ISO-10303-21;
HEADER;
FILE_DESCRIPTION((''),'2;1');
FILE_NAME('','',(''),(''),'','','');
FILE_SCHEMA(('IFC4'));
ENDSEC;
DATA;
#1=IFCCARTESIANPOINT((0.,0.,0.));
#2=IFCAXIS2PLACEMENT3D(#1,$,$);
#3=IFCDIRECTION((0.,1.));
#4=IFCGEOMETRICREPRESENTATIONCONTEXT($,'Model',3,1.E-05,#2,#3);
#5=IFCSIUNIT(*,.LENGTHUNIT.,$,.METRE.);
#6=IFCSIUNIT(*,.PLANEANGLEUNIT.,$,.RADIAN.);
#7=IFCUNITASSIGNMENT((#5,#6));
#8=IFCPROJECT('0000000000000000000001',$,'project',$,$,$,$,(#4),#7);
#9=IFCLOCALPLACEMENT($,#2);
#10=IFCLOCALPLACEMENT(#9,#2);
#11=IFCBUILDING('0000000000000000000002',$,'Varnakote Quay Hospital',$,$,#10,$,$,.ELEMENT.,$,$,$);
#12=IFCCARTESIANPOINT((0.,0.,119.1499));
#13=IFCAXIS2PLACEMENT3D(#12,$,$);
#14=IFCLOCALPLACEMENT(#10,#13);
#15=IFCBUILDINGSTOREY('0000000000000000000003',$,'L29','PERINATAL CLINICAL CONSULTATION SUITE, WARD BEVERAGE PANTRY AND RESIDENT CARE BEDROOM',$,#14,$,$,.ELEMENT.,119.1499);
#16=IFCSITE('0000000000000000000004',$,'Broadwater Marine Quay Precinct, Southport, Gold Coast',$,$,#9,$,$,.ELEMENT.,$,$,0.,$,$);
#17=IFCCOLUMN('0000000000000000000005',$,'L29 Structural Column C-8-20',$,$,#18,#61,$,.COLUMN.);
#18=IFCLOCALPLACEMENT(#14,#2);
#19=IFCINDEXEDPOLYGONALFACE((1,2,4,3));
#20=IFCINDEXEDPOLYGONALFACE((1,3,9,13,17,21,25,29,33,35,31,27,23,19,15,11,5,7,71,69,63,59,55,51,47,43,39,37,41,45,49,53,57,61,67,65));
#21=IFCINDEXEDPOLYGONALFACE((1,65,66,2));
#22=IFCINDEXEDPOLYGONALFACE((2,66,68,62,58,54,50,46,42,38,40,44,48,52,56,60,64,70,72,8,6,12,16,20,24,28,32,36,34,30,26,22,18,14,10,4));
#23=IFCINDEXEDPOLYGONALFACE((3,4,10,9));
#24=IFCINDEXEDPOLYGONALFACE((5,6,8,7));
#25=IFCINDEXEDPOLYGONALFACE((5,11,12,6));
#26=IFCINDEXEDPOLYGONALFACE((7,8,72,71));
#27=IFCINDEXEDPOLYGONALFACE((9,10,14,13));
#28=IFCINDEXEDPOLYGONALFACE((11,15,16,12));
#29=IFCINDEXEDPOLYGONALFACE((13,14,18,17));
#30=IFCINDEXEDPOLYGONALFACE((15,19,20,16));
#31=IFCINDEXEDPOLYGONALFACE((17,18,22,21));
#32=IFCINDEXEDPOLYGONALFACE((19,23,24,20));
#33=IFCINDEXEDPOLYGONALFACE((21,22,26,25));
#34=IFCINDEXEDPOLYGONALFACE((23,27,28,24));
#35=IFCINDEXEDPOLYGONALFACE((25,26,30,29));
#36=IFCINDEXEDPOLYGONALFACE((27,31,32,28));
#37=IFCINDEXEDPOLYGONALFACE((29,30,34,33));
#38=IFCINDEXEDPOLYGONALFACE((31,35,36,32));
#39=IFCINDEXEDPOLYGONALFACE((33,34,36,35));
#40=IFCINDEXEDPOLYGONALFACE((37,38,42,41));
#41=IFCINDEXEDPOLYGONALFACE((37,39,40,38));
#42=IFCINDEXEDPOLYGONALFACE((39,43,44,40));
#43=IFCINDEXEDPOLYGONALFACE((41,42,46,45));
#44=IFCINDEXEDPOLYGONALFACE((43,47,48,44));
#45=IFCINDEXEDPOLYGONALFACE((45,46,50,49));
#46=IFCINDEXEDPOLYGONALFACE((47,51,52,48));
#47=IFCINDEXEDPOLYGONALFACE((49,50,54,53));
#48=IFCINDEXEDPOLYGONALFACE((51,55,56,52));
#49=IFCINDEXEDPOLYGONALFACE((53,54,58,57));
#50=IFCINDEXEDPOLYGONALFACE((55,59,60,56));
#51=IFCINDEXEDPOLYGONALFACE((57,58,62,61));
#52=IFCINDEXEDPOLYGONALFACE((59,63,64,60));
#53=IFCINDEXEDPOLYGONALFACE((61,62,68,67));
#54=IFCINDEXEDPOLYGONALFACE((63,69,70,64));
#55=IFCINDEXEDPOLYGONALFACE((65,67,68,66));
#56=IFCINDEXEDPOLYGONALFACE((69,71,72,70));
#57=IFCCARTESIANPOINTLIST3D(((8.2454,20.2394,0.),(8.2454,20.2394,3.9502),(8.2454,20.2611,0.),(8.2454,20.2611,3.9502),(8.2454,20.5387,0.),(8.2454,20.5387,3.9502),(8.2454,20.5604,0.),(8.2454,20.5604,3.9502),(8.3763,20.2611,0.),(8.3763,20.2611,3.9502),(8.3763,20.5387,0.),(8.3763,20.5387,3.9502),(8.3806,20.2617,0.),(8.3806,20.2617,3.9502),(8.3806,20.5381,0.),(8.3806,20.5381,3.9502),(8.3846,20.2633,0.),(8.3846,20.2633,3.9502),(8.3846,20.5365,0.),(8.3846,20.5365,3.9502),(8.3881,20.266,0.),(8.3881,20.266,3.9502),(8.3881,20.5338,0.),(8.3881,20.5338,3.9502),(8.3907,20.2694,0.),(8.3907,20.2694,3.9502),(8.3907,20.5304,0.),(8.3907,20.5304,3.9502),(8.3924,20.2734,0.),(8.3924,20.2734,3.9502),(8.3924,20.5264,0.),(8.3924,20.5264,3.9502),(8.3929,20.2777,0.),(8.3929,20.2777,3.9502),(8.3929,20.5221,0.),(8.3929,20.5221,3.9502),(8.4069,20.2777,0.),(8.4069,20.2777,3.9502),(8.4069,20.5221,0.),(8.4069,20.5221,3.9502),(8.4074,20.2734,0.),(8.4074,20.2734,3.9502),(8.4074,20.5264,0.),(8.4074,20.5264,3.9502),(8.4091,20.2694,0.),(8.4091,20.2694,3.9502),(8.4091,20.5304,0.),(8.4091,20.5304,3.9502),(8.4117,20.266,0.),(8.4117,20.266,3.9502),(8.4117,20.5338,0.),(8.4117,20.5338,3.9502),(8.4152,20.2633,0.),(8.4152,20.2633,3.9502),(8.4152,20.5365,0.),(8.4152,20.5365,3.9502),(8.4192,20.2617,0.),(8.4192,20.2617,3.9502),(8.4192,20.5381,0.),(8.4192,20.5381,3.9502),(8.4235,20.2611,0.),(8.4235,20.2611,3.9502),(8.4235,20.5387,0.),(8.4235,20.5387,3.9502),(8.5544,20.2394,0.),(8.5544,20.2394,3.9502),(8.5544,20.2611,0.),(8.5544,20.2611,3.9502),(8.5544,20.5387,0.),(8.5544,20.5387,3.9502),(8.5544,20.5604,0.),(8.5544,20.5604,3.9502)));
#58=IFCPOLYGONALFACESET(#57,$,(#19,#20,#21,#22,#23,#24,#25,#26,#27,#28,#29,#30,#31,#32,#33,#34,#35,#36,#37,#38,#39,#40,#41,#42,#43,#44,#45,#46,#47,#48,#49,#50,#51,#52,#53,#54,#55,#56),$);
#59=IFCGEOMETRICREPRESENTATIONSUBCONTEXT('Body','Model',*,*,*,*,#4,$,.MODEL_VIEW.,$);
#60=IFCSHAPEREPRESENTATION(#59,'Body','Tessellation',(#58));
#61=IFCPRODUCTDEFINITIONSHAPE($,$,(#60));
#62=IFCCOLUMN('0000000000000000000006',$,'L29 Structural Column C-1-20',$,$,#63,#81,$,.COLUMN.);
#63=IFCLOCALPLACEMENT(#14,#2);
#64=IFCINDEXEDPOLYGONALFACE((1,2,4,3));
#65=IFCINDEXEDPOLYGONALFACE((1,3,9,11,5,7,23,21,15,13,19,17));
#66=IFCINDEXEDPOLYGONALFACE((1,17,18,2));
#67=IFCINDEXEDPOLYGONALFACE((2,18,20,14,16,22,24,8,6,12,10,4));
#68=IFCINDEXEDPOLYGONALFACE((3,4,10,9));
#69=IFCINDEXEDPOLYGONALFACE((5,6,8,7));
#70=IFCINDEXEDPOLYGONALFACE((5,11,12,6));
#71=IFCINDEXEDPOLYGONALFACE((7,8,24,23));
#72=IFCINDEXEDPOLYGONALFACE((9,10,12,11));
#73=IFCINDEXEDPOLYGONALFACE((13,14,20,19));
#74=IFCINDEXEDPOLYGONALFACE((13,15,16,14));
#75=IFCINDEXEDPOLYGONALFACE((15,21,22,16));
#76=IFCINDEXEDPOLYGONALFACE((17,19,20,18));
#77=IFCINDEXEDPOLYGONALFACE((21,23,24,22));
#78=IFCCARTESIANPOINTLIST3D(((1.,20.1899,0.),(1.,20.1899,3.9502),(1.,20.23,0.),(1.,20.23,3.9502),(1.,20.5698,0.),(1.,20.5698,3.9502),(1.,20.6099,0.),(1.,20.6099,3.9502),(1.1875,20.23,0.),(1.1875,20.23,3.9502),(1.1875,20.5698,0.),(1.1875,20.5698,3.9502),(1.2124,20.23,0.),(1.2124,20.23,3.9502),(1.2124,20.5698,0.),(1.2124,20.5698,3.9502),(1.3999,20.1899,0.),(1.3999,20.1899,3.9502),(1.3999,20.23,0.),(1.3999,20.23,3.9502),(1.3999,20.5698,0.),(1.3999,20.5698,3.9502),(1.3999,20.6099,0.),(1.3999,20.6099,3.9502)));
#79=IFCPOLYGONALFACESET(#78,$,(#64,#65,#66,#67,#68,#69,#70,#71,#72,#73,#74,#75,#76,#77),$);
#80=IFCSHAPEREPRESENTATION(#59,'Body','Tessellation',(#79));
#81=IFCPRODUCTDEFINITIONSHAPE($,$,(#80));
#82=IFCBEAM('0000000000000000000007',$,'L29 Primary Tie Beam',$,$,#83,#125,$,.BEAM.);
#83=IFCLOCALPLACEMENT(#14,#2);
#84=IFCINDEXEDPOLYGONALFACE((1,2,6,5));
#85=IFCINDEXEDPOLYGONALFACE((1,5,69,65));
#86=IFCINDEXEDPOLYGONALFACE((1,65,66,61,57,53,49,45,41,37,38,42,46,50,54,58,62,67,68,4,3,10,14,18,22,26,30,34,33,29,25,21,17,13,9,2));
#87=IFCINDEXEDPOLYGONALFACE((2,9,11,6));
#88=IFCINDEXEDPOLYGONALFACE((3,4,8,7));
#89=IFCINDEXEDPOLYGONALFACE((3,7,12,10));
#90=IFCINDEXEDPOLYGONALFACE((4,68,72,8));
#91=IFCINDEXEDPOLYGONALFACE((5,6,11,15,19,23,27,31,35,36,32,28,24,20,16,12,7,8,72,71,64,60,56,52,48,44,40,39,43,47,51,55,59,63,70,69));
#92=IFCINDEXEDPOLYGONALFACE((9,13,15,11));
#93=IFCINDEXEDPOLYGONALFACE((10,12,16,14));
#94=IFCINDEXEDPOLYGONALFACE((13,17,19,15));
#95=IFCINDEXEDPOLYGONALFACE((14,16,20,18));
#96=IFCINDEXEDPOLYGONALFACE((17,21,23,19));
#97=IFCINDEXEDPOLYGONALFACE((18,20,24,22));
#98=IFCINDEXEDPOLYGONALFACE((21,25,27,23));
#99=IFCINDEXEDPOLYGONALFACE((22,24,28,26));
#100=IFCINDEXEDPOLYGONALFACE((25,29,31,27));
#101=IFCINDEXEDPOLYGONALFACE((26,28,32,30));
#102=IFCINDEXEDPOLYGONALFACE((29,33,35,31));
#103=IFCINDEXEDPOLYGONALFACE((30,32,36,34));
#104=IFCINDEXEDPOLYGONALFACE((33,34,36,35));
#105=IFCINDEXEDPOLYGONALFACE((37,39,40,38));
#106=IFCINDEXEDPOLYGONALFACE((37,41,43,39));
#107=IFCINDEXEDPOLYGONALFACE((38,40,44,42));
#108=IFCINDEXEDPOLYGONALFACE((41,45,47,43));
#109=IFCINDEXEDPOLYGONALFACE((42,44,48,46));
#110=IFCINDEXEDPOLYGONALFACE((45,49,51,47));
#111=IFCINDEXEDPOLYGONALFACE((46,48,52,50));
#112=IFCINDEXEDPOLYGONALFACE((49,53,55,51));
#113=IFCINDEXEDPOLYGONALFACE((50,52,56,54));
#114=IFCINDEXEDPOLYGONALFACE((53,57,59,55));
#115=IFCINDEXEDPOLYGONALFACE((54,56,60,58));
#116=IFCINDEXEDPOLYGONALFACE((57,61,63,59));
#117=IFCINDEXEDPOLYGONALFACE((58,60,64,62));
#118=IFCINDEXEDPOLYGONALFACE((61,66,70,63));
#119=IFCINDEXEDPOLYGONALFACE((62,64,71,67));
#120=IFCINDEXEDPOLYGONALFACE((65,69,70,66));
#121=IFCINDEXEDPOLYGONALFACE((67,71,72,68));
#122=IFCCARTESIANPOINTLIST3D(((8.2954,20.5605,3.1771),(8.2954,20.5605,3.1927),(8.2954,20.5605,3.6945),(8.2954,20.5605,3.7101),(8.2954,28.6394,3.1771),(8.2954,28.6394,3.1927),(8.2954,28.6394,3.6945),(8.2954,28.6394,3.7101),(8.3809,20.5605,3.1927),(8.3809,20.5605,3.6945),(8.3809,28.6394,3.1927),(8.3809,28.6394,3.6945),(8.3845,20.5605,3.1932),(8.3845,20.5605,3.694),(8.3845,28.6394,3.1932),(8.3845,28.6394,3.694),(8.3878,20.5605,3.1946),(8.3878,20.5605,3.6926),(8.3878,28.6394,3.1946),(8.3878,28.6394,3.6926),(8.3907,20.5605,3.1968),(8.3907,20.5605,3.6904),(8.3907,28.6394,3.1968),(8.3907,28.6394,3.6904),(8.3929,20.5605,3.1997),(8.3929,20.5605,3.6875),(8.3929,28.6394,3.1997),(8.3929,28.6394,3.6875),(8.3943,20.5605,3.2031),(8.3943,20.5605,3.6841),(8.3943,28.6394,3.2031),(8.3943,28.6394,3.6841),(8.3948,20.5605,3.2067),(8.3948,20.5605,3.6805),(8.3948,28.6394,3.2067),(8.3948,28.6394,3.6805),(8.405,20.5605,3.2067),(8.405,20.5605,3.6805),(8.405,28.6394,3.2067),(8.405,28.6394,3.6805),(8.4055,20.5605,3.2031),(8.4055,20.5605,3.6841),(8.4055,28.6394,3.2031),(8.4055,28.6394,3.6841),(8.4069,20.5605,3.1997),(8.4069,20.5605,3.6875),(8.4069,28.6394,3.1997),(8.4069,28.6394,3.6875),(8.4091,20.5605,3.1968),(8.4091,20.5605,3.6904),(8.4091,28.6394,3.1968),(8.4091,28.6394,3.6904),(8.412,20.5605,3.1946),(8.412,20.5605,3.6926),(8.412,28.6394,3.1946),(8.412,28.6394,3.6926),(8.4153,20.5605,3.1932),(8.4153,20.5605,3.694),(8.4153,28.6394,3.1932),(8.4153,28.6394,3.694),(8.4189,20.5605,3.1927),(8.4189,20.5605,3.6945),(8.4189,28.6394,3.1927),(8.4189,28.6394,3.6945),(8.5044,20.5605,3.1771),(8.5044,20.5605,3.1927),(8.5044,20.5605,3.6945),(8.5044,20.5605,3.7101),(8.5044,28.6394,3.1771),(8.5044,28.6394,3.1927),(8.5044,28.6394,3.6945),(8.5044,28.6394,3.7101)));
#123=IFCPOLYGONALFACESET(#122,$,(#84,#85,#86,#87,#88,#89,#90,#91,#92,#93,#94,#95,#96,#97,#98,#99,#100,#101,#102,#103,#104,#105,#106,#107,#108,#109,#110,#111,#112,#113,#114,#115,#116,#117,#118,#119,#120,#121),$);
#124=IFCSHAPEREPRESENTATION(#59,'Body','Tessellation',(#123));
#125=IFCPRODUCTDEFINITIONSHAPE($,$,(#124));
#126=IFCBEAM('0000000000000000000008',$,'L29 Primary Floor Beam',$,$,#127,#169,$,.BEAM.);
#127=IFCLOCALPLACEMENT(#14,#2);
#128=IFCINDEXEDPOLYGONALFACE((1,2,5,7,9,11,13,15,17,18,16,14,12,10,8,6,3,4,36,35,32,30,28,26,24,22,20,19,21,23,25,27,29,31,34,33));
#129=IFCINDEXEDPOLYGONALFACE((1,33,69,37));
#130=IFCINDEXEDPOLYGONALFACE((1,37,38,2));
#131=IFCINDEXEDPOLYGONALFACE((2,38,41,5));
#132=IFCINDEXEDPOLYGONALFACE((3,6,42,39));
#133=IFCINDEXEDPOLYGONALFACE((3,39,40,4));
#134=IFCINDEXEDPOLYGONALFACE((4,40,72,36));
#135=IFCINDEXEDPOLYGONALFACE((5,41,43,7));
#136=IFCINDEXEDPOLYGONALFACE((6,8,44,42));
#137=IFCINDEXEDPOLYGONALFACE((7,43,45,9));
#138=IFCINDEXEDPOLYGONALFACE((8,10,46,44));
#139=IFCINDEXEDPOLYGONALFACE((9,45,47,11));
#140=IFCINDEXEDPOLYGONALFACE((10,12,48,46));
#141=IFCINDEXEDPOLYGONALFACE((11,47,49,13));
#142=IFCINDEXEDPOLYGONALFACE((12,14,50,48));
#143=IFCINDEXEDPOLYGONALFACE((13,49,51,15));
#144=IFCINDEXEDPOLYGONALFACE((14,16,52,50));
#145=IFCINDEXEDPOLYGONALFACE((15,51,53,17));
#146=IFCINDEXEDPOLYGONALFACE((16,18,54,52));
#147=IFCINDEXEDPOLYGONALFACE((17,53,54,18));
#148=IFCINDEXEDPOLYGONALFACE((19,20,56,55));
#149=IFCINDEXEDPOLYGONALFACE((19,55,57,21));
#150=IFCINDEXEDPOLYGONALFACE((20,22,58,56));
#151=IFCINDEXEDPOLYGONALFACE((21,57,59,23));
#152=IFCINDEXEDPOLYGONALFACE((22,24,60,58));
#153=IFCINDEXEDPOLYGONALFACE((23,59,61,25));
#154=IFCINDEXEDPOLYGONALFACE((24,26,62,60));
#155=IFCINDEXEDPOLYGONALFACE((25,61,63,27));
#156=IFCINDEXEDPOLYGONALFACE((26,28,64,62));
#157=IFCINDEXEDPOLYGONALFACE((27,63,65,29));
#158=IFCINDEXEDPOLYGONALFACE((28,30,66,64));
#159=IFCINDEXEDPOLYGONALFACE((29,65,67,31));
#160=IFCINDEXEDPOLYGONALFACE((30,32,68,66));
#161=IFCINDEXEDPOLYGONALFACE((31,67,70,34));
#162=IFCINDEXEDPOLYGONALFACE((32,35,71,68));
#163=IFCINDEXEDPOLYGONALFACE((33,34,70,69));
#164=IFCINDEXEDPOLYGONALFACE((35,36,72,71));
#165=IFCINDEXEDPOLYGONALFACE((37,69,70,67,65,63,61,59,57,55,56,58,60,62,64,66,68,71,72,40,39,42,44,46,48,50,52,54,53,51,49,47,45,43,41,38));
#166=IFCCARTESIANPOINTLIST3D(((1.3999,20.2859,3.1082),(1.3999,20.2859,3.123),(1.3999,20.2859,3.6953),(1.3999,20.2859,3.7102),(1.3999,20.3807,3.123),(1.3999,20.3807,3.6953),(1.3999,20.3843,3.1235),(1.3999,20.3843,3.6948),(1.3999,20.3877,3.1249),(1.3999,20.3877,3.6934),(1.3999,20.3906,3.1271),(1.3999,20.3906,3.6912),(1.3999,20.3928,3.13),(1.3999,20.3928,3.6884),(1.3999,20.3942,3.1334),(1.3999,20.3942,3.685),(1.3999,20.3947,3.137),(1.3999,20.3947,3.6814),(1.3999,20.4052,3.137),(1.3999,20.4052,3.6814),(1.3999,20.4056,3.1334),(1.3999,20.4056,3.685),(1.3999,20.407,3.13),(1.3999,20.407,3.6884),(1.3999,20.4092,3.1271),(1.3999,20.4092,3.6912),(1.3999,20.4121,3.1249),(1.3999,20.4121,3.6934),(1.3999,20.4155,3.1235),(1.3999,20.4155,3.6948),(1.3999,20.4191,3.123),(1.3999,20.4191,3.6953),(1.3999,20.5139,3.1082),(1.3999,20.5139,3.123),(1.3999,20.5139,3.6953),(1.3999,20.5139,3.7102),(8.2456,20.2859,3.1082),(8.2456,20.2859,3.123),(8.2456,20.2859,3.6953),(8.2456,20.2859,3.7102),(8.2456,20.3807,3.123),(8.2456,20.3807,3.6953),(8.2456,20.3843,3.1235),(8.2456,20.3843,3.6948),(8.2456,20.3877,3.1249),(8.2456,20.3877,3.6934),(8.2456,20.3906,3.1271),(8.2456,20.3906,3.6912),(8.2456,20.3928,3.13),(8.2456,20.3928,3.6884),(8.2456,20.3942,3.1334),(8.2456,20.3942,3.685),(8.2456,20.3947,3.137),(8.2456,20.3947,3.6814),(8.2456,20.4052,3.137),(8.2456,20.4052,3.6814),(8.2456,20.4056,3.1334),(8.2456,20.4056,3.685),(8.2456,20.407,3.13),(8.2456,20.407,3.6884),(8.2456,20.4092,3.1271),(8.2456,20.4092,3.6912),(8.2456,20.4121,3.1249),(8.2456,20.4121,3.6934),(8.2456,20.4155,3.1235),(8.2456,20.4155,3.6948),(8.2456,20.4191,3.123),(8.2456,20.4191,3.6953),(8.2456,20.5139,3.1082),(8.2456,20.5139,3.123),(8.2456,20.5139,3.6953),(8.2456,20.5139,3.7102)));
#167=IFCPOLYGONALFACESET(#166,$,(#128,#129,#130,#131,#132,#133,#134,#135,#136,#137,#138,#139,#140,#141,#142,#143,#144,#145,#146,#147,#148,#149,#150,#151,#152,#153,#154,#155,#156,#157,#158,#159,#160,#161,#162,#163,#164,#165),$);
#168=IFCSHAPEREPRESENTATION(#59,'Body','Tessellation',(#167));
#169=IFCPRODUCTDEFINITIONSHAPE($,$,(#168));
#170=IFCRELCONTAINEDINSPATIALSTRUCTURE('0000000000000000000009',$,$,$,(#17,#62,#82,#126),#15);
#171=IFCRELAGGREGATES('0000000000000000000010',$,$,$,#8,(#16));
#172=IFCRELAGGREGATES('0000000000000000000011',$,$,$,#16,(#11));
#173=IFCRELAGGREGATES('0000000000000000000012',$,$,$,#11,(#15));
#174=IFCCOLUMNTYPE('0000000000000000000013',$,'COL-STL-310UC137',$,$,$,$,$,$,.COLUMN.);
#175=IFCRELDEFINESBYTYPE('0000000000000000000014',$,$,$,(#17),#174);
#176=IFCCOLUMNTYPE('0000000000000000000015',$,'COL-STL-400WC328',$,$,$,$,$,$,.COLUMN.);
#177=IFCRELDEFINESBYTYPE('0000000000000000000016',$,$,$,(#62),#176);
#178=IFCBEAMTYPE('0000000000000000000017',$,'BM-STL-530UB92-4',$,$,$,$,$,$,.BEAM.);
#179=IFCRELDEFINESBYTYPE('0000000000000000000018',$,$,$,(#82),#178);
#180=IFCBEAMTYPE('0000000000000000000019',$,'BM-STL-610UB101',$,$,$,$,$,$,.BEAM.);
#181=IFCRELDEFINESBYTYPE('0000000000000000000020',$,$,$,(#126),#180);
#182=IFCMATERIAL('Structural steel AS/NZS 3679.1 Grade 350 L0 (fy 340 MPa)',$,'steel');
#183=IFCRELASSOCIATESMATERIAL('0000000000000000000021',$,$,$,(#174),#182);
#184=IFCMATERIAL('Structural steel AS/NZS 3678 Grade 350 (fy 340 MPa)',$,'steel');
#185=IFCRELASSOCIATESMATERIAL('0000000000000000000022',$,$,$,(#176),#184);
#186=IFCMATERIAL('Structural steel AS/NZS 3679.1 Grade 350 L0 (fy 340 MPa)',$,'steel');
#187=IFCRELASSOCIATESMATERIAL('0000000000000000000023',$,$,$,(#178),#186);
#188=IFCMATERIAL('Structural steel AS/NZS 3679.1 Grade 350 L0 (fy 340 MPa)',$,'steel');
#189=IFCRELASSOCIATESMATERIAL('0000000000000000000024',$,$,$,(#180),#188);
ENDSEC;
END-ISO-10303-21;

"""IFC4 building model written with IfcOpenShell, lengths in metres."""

from ifc_helpers import new_model, si_unit, direction, frame, origin, origin_2d, place, context, subcontext, project, spatial, i_section, extrude, material, material_profile, profile_set, type_object, element, save


model = new_model("IFC4")

# Units and contexts
model_context = context("Model", 3, precision=1e-05, world=origin(), true_north=direction((0.0, 1.0)))
body_context = subcontext(model_context, "Body", "Model", "MODEL_VIEW")
ifc_project = project(units=[si_unit("LENGTHUNIT", "METRE"), si_unit("PLANEANGLEUNIT", "RADIAN")], contexts=[model_context])

# Site, building, storey
site_placement = place(None, origin())
site = spatial("IfcSite", under=ifc_project, at=site_placement, Name="Broadwater Marine Quay Precinct, Southport, Gold Coast", CompositionType="ELEMENT", RefElevation=0.0)
building_placement = place(site_placement, origin())
building = spatial("IfcBuilding", under=site, at=building_placement, Name="Varnakote Quay Hospital", CompositionType="ELEMENT")
storey_placement = place(building_placement, frame((0.0, 0.0, 119.1499)))
storey = spatial("IfcBuildingStorey", under=building, at=storey_placement, Name="L29", Description="PERINATAL CLINICAL CONSULTATION SUITE, WARD BEVERAGE PANTRY AND RESIDENT CARE BEDROOM", CompositionType="ELEMENT", Elevation=119.1499)

# Columns
ifc_material_1 = material(Name="Structural steel AS/NZS 3679.1 Grade 350 L0 (fy 340 MPa)", Category="steel")
ifc_material_profile_1 = material_profile(ifc_material_1, i_section(OverallWidth=0.3091, OverallDepth=0.321, WebThickness=0.0139, FlangeThickness=0.0217, FilletRadius=0.0166, at=origin_2d()), Name="310UC137")
ifc_profile_set_1 = profile_set([ifc_material_profile_1], Name="Structural steel AS/NZS 3679.1 Grade 350 L0 (fy 340 MPa)")
column_type_1 = type_object("IfcColumnType", Name="COL-STL-310UC137", PredefinedType="COLUMN", material=ifc_profile_set_1)
column_1_placement = place(storey_placement, frame((8.3999, 20.3999, 0.0), z_axis=(0.0, 0.0, 1.0), x_axis=(1.0, 0.0, 0.0)))
element("IfcColumn", 1, at=column_1_placement, inside=storey, type_object=column_type_1, Name="L29 Structural Column C-8-20", PredefinedType="COLUMN", context=body_context, shape_type="SweptSolid", body=[
    extrude(i_section(OverallWidth=0.3091, OverallDepth=0.321, WebThickness=0.0139, FlangeThickness=0.0217, FilletRadius=0.0166, at=origin_2d()), origin(), (0.0, 0.0, 1.0), 3.9502),
])
ifc_material_2 = material(Name="Structural steel AS/NZS 3678 Grade 350 (fy 340 MPa)", Category="steel")
ifc_material_profile_2 = material_profile(ifc_material_2, i_section(OverallWidth=0.3999, OverallDepth=0.4199, WebThickness=0.0249, FlangeThickness=0.04, at=origin_2d()), Name="400WC328")
ifc_profile_set_2 = profile_set([ifc_material_profile_2], Name="Structural steel AS/NZS 3678 Grade 350 (fy 340 MPa)")
column_type_2 = type_object("IfcColumnType", Name="COL-STL-400WC328", PredefinedType="COLUMN", material=ifc_profile_set_2)
column_2_placement = place(storey_placement, frame((1.2, 20.3999, 0.0), z_axis=(0.0, 0.0, 1.0), x_axis=(1.0, 0.0, 0.0)))
element("IfcColumn", 2, at=column_2_placement, inside=storey, type_object=column_type_2, Name="L29 Structural Column C-1-20", PredefinedType="COLUMN", context=body_context, shape_type="SweptSolid", body=[
    extrude(i_section(OverallWidth=0.3999, OverallDepth=0.4199, WebThickness=0.0249, FlangeThickness=0.04, at=origin_2d()), origin(), (0.0, 0.0, 1.0), 3.9502),
])

# Beams
ifc_material_3 = material(Name="Structural steel AS/NZS 3679.1 Grade 350 L0 (fy 340 MPa)", Category="steel")
ifc_material_profile_3 = material_profile(ifc_material_3, i_section(OverallWidth=0.209, OverallDepth=0.533, WebThickness=0.0103, FlangeThickness=0.0156, FilletRadius=0.0139, at=origin_2d()), Name="530UB92.4")
ifc_profile_set_3 = profile_set([ifc_material_profile_3], Name="Structural steel AS/NZS 3679.1 Grade 350 L0 (fy 340 MPa)")
beam_type_1 = type_object("IfcBeamType", Name="BM-STL-530UB92-4", PredefinedType="BEAM", material=ifc_profile_set_3)
beam_1_placement = place(storey_placement, frame((8.3999, 20.5605, 3.4436), z_axis=(0.0, 1.0, 0.0), x_axis=(-1.0, 0.0, 0.0)))
element("IfcBeam", 3, at=beam_1_placement, inside=storey, type_object=beam_type_1, Name="L29 Primary Tie Beam", PredefinedType="BEAM", context=body_context, shape_type="SweptSolid", body=[
    extrude(i_section(OverallWidth=0.209, OverallDepth=0.533, WebThickness=0.0103, FlangeThickness=0.0156, FilletRadius=0.0139, at=origin_2d()), origin(), (0.0, 0.0, 1.0), 8.0789),
])
ifc_material_4 = material(Name="Structural steel AS/NZS 3679.1 Grade 350 L0 (fy 340 MPa)", Category="steel")
ifc_material_profile_4 = material_profile(ifc_material_4, i_section(OverallWidth=0.228, OverallDepth=0.6021, WebThickness=0.0105, FlangeThickness=0.0149, FilletRadius=0.0139, at=origin_2d()), Name="610UB101")
ifc_profile_set_4 = profile_set([ifc_material_profile_4], Name="Structural steel AS/NZS 3679.1 Grade 350 L0 (fy 340 MPa)")
beam_type_2 = type_object("IfcBeamType", Name="BM-STL-610UB101", PredefinedType="BEAM", material=ifc_profile_set_4)
beam_2_placement = place(storey_placement, frame((1.3999, 20.3999, 3.4092), z_axis=(1.0, 0.0, 0.0), x_axis=(0.0, 1.0, 0.0)))
element("IfcBeam", 4, at=beam_2_placement, inside=storey, type_object=beam_type_2, Name="L29 Primary Floor Beam", PredefinedType="BEAM", context=body_context, shape_type="SweptSolid", body=[
    extrude(i_section(OverallWidth=0.228, OverallDepth=0.6021, WebThickness=0.0105, FlangeThickness=0.0149, FilletRadius=0.0139, at=origin_2d()), origin(), (0.0, 0.0, 1.0), 6.8457),
])

save(model, "model.ifc")
